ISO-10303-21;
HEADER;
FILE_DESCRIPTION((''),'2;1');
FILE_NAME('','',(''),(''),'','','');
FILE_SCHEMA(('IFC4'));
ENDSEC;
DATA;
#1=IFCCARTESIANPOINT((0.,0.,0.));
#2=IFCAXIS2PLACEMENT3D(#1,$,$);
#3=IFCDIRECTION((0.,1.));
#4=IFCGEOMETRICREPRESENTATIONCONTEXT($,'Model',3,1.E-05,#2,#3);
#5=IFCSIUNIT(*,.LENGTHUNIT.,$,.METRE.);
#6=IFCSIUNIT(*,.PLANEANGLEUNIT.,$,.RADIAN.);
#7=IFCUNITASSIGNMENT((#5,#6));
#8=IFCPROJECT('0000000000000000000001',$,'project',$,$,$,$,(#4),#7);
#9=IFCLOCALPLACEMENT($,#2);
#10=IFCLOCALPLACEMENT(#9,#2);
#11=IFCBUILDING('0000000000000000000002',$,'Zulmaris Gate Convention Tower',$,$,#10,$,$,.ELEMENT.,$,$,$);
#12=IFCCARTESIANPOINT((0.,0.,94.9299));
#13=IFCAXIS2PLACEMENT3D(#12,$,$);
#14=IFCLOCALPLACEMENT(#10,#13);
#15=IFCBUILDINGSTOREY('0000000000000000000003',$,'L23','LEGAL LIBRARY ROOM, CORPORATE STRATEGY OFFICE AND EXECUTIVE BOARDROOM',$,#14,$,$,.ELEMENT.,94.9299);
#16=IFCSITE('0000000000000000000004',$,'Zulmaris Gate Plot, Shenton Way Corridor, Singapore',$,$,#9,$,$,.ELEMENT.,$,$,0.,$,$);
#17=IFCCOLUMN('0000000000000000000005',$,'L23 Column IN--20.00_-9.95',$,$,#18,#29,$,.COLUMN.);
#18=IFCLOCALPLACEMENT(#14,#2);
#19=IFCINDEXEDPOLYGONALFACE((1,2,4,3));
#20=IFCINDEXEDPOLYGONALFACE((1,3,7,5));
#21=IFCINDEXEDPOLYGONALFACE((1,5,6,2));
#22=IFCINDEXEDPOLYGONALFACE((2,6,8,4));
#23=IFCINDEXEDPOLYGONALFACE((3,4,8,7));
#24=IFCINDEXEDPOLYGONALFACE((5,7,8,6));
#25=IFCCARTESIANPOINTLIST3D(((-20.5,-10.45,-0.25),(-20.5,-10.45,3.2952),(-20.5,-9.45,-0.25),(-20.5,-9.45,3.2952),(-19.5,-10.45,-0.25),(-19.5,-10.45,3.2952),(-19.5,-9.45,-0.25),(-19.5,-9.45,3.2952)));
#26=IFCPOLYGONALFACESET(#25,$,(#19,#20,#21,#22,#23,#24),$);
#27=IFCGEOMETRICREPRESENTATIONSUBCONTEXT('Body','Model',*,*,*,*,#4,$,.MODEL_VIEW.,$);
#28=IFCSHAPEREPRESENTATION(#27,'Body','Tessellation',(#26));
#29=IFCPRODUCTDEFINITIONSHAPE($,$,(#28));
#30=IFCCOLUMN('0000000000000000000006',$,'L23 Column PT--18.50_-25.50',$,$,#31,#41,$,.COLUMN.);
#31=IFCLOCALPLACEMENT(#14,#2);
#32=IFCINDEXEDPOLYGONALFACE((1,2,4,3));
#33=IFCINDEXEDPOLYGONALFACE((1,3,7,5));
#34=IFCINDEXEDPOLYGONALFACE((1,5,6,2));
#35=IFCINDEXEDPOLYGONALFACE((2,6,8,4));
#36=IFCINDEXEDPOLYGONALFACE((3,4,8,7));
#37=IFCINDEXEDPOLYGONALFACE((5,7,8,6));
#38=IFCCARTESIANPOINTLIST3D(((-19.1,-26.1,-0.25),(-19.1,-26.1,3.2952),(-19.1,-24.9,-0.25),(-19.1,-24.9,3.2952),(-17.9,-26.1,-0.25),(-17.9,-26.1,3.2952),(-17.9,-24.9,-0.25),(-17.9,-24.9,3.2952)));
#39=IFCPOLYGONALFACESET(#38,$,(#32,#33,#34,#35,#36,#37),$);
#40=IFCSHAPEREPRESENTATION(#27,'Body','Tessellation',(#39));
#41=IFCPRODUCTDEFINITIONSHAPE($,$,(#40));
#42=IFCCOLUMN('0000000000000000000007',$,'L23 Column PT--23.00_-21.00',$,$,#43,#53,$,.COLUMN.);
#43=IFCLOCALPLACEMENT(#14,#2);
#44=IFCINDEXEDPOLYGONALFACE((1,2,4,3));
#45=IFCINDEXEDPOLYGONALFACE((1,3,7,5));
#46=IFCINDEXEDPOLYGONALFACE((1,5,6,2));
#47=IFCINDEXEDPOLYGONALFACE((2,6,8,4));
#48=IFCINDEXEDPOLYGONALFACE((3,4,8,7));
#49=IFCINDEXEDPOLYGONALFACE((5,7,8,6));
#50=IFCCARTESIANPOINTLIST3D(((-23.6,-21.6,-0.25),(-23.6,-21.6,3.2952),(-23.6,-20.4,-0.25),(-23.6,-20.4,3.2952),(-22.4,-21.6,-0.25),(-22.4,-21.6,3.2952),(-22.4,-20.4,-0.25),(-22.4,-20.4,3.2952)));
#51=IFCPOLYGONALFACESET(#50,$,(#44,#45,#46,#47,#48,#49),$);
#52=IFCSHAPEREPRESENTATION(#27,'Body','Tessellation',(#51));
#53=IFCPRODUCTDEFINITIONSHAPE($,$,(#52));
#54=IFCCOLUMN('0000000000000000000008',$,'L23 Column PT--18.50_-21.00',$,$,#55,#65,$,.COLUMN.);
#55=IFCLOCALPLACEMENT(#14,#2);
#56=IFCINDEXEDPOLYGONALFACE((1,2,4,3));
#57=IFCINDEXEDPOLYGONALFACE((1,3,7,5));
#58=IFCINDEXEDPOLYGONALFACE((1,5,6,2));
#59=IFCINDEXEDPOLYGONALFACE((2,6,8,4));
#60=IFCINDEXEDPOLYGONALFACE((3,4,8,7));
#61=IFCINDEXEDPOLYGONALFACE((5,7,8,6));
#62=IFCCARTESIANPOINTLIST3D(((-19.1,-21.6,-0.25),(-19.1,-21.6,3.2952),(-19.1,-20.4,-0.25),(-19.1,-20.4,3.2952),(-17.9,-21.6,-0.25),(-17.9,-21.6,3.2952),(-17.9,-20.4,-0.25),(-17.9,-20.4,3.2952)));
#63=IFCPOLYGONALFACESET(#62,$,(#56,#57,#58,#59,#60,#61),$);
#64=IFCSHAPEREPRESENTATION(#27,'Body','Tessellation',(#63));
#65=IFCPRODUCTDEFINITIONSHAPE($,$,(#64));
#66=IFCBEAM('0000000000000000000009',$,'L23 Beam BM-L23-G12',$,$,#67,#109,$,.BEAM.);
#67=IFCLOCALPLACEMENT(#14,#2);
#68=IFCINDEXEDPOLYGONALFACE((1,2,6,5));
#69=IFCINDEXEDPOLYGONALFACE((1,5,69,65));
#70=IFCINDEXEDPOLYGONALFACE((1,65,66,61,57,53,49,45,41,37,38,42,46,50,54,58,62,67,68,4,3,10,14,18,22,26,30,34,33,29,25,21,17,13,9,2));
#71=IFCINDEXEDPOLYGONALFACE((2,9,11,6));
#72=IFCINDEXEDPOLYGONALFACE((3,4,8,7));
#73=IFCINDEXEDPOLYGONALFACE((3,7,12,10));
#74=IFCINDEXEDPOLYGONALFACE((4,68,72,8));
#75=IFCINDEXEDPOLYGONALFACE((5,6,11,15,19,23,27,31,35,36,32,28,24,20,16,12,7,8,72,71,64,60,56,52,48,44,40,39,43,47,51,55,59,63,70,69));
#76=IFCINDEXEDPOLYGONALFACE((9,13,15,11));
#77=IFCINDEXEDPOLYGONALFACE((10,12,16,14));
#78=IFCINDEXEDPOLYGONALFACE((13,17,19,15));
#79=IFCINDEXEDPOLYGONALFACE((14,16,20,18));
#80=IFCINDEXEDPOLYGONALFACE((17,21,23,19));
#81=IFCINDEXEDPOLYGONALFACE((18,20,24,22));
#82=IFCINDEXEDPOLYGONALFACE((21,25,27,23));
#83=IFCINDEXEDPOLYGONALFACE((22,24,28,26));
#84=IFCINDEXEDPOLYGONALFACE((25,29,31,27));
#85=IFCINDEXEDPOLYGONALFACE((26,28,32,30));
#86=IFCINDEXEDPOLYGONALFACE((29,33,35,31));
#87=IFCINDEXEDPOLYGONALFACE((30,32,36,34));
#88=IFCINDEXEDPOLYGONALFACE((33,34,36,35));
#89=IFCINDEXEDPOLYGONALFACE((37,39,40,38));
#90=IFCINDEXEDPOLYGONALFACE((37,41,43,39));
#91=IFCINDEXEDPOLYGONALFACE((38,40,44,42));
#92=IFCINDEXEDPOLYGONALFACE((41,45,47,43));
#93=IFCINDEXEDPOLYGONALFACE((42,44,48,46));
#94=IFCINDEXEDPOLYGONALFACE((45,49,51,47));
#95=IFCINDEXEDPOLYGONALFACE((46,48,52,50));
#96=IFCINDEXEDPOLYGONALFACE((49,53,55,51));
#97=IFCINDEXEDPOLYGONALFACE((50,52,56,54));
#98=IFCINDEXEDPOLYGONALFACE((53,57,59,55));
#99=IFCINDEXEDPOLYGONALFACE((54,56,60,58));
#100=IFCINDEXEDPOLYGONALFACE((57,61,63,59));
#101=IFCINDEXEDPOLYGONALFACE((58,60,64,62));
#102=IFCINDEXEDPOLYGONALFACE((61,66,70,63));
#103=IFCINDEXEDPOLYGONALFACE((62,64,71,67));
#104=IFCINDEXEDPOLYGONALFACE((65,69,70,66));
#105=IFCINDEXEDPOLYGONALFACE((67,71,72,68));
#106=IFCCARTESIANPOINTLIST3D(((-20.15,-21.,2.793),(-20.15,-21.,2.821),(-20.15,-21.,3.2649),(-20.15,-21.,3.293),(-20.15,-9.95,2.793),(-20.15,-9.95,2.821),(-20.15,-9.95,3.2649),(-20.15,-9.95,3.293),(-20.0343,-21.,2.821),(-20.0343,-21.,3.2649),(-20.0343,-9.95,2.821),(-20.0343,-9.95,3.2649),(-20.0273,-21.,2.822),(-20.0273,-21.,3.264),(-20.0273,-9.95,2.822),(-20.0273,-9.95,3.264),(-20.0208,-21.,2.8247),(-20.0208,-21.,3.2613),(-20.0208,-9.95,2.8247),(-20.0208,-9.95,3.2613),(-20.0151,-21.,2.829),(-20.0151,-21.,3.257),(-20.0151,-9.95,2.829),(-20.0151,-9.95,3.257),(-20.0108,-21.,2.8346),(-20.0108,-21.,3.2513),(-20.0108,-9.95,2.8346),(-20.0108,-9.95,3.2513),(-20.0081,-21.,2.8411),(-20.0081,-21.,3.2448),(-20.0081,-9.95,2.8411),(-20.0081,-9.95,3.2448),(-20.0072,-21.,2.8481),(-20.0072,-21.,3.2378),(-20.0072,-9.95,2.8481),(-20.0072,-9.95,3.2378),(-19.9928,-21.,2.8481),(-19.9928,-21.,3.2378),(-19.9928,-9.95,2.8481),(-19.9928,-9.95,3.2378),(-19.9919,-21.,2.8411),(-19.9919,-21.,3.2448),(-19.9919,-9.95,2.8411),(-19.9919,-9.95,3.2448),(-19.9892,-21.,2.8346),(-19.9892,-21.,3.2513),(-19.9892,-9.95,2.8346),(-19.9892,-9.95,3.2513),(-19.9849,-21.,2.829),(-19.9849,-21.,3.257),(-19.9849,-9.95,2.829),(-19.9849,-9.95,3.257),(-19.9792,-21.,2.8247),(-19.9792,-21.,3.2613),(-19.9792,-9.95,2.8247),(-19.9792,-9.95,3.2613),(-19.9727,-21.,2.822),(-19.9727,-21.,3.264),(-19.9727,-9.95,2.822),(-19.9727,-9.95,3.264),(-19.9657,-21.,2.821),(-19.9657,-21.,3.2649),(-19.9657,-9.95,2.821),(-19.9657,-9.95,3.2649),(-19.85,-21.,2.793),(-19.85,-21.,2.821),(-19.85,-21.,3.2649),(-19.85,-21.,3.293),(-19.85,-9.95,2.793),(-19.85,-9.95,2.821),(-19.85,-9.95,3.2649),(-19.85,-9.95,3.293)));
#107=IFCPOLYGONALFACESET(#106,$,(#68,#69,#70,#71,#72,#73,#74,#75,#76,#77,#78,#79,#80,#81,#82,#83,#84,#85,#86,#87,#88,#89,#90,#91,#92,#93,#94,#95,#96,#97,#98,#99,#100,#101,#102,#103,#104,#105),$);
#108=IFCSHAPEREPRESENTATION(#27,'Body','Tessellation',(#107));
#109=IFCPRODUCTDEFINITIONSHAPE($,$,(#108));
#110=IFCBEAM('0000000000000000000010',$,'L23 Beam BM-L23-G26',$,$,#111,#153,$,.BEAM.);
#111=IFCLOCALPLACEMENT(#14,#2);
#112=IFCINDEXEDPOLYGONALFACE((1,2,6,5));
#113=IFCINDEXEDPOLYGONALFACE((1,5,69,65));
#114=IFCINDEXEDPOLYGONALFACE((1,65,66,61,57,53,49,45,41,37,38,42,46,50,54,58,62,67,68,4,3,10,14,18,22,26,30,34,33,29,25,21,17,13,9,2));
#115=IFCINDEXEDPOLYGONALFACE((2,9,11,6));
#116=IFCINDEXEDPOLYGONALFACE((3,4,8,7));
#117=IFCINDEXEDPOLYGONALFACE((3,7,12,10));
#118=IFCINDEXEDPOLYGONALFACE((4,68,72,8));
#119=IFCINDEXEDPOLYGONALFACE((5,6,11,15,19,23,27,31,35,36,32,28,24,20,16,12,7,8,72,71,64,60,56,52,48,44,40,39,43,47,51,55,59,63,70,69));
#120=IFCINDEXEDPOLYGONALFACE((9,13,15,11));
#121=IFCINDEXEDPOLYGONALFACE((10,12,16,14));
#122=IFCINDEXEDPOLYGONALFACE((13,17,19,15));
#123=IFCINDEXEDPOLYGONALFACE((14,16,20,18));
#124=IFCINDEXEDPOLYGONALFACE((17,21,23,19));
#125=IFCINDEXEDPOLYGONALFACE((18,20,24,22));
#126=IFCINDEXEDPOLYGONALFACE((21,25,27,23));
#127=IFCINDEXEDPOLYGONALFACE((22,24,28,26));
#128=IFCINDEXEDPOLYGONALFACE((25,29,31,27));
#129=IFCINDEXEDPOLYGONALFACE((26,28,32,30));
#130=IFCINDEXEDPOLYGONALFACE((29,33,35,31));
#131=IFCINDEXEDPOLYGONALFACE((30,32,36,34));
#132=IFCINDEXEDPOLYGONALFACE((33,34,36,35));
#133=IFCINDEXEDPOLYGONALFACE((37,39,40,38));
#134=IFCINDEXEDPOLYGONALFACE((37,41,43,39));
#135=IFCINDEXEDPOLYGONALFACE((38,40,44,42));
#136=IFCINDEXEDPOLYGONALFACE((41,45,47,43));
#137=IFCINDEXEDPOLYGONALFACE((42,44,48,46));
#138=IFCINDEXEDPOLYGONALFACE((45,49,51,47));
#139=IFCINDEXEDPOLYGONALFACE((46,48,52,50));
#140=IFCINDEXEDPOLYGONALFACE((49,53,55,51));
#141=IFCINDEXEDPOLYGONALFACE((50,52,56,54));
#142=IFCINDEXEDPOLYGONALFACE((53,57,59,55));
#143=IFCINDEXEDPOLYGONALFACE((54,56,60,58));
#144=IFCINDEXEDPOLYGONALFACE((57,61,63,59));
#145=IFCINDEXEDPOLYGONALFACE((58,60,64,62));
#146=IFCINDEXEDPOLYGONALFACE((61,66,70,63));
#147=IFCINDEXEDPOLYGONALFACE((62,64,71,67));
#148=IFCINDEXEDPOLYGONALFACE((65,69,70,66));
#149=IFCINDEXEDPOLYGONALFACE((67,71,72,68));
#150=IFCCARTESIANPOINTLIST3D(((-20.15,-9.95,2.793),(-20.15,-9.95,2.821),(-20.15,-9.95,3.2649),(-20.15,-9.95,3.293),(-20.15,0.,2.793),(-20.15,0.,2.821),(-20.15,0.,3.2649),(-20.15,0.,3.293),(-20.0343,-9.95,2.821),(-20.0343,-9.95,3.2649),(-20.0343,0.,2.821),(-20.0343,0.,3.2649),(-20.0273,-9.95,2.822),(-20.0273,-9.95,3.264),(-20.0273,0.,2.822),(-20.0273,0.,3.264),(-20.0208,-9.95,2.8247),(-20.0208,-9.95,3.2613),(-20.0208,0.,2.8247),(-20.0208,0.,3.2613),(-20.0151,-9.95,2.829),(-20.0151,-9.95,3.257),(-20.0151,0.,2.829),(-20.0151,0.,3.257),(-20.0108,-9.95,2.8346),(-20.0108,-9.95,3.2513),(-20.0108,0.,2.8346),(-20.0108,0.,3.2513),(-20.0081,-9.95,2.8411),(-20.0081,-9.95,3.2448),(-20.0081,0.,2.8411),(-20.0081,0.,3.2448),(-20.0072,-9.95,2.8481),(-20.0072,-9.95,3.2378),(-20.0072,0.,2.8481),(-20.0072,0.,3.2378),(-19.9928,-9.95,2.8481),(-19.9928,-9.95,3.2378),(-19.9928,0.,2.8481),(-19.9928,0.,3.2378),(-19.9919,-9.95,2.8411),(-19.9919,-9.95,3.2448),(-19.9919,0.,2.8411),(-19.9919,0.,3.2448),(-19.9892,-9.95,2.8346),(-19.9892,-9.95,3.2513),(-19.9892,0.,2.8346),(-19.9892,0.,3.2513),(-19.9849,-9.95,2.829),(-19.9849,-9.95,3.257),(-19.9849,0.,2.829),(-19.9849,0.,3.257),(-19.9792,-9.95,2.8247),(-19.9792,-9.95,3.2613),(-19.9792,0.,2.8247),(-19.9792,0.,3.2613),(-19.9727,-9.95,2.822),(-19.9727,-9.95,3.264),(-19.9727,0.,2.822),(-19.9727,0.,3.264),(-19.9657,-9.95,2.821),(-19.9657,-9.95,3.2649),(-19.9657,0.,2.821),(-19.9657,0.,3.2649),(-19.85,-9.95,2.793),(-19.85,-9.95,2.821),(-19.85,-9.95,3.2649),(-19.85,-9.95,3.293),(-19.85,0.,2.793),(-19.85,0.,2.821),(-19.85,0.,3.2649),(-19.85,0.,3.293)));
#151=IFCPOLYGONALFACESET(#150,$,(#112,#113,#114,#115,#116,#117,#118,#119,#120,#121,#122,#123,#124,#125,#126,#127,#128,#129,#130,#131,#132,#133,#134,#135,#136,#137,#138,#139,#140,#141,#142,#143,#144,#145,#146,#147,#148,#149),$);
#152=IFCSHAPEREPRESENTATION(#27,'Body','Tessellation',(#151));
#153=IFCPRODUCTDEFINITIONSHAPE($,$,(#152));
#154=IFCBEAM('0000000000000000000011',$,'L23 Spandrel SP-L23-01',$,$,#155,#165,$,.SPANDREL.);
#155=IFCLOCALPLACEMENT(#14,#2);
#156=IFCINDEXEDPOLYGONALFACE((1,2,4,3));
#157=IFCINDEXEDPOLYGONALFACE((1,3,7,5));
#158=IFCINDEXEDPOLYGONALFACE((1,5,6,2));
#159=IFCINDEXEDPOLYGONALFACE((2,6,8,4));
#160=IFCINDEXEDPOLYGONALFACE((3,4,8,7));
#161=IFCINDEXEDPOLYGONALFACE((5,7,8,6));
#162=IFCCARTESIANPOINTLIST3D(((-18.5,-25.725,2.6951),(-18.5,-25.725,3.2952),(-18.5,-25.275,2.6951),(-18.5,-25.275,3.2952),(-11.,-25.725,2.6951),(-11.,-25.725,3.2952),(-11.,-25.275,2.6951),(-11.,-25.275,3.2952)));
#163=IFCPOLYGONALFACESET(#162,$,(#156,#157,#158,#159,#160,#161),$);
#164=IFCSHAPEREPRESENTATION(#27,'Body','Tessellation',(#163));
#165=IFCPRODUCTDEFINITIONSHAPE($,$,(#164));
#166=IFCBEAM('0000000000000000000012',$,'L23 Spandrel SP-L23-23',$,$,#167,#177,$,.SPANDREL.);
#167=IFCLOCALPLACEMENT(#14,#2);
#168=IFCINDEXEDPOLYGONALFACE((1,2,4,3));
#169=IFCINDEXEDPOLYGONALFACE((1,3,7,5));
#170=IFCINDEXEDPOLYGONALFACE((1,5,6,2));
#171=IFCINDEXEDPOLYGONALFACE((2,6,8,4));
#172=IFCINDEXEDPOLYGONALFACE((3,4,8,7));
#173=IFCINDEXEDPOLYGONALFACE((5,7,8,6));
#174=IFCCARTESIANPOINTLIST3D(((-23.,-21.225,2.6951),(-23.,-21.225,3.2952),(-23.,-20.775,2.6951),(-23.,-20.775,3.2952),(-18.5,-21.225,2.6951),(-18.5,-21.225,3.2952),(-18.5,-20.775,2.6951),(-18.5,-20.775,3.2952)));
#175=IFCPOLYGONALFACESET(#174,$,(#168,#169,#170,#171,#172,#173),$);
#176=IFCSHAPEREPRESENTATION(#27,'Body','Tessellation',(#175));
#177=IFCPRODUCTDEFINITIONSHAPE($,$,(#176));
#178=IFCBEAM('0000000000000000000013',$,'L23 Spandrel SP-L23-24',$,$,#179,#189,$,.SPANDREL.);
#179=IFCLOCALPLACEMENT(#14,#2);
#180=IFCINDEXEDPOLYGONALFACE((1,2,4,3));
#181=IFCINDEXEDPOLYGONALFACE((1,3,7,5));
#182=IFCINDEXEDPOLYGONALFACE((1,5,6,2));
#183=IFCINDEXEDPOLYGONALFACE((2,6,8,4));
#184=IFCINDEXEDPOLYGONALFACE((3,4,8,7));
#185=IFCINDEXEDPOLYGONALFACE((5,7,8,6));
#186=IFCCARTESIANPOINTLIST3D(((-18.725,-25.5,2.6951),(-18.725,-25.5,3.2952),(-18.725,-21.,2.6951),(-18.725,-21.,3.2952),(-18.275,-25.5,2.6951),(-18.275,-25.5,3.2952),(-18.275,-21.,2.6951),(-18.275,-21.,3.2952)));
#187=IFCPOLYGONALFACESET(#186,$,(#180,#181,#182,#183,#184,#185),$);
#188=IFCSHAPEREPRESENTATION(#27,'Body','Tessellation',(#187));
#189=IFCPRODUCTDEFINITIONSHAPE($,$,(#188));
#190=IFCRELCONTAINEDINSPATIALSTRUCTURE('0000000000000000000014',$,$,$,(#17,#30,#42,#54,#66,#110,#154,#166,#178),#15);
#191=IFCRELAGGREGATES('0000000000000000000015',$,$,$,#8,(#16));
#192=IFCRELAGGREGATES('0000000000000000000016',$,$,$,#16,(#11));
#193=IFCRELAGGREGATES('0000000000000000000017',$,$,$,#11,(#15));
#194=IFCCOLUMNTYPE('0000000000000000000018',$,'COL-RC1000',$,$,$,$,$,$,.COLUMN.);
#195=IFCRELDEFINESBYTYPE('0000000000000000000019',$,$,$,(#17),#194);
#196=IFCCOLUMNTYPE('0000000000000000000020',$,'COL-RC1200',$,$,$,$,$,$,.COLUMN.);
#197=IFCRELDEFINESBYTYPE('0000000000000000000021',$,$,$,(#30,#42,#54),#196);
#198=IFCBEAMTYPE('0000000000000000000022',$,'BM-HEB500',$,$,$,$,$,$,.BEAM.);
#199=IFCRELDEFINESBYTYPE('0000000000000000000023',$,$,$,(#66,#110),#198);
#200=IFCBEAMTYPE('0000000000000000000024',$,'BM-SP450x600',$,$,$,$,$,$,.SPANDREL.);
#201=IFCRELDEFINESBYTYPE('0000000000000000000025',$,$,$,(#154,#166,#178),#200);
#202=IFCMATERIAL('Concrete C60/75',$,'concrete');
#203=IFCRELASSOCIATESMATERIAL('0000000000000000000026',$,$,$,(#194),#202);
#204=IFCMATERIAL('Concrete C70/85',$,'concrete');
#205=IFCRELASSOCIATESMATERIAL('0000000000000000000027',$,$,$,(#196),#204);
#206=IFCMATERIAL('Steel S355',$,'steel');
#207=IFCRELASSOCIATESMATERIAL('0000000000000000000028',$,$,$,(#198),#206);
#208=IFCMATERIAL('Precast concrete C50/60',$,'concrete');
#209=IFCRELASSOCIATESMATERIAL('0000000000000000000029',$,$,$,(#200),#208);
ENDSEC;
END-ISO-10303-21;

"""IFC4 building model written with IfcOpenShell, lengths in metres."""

from ifc_helpers import new_model, si_unit, direction, frame, origin, origin_2d, place, context, subcontext, project, spatial, rectangle, i_section, extrude, material, material_profile, profile_set, type_object, element, save


model = new_model("IFC4")

# Units and contexts
model_context = context("Model", 3, precision=1e-05, world=origin(), true_north=direction((0.0, 1.0)))
body_context = subcontext(model_context, "Body", "Model", "MODEL_VIEW")
ifc_project = project(units=[si_unit("LENGTHUNIT", "METRE"), si_unit("PLANEANGLEUNIT", "RADIAN")], contexts=[model_context])

# Site, building, storey
site_placement = place(None, origin())
site = spatial("IfcSite", under=ifc_project, at=site_placement, Name="Zulmaris Gate Plot, Shenton Way Corridor, Singapore", CompositionType="ELEMENT", RefElevation=0.0)
building_placement = place(site_placement, origin())
building = spatial("IfcBuilding", under=site, at=building_placement, Name="Zulmaris Gate Convention Tower", CompositionType="ELEMENT")
storey_placement = place(building_placement, frame((0.0, 0.0, 94.9299)))
storey = spatial("IfcBuildingStorey", under=building, at=storey_placement, Name="L23", Description="LEGAL LIBRARY ROOM, CORPORATE STRATEGY OFFICE AND EXECUTIVE BOARDROOM", CompositionType="ELEMENT", Elevation=94.9299)

# Columns
ifc_material_1 = material(Name="Concrete C60/75", Category="concrete")
ifc_material_profile_1 = material_profile(ifc_material_1, rectangle(XDim=1.0, YDim=1.0, at=origin_2d()), Name="RC COL 1000x1000")
ifc_profile_set_1 = profile_set([ifc_material_profile_1], Name="Concrete C60/75")
column_type_1 = type_object("IfcColumnType", Name="COL-RC1000", PredefinedType="COLUMN", material=ifc_profile_set_1)
column_placement = place(storey_placement, frame((-20.0, -9.95, -0.25), z_axis=(0.0, 0.0, 1.0), x_axis=(1.0, 0.0, 0.0)))
element("IfcColumn", 1, at=column_placement, inside=storey, type_object=column_type_1, Name="L23 Column IN--20.00_-9.95", PredefinedType="COLUMN", context=body_context, shape_type="SweptSolid", body=[
    extrude(rectangle(XDim=1.0, YDim=1.0, at=origin_2d()), origin(), (0.0, 0.0, 1.0), 3.5452),
])
ifc_material_2 = material(Name="Concrete C70/85", Category="concrete")
ifc_material_profile_2 = material_profile(ifc_material_2, rectangle(XDim=1.2, YDim=1.2, at=origin_2d()), Name="RC COL 1200x1200")
ifc_profile_set_2 = profile_set([ifc_material_profile_2], Name="Concrete C70/85")
column_type_2 = type_object("IfcColumnType", Name="COL-RC1200", PredefinedType="COLUMN", material=ifc_profile_set_2)
for number, where, z_axis, x_axis, name in (
    (2, (-18.5, -25.5, -0.25), (0.0, 0.0, 1.0), (1.0, 0.0, 0.0), "L23 Column PT--18.50_-25.50"),
    (3, (-23.0, -21.0, -0.25), (0.0, 0.0, 1.0), (1.0, 0.0, 0.0), "L23 Column PT--23.00_-21.00"),
    (4, (-18.5, -21.0, -0.25), (0.0, 0.0, 1.0), (1.0, 0.0, 0.0), "L23 Column PT--18.50_-21.00"),
):
    element("IfcColumn", number, at=place(storey_placement, frame(where, z_axis=z_axis, x_axis=x_axis)), inside=storey, type_object=column_type_2, Name=name, PredefinedType="COLUMN", context=body_context, shape_type="SweptSolid", body=[
        extrude(rectangle(XDim=1.2, YDim=1.2, at=origin_2d()), origin(), (0.0, 0.0, 1.0), 3.5452),
    ])

# Beams
ifc_material_3 = material(Name="Steel S355", Category="steel")
ifc_material_profile_3 = material_profile(ifc_material_3, i_section(OverallWidth=0.3, OverallDepth=0.5, WebThickness=0.0144, FlangeThickness=0.0281, FilletRadius=0.0271, at=origin_2d()), Name="HEB 500")
ifc_profile_set_3 = profile_set([ifc_material_profile_3], Name="Steel S355")
beam_type_1 = type_object("IfcBeamType", Name="BM-HEB500", PredefinedType="BEAM", material=ifc_profile_set_3)
beam_1_placement = place(storey_placement, frame((-20.0, -21.0, 3.043), z_axis=(0.0, 1.0, 0.0), x_axis=(-1.0, 0.0, 0.0)))
element("IfcBeam", 5, at=beam_1_placement, inside=storey, type_object=beam_type_1, Name="L23 Beam BM-L23-G12", PredefinedType="BEAM", context=body_context, shape_type="SweptSolid", body=[
    extrude(i_section(OverallWidth=0.3, OverallDepth=0.5, WebThickness=0.0144, FlangeThickness=0.0281, FilletRadius=0.0271, at=origin_2d()), origin(), (0.0, 0.0, 1.0), 11.05),
])
beam_2_placement = place(storey_placement, frame((-20.0, -9.95, 3.043), z_axis=(0.0, 1.0, 0.0), x_axis=(-1.0, 0.0, 0.0)))
element("IfcBeam", 6, at=beam_2_placement, inside=storey, type_object=beam_type_1, Name="L23 Beam BM-L23-G26", PredefinedType="BEAM", context=body_context, shape_type="SweptSolid", body=[
    extrude(i_section(OverallWidth=0.3, OverallDepth=0.5, WebThickness=0.0144, FlangeThickness=0.0281, FilletRadius=0.0271, at=origin_2d()), origin(), (0.0, 0.0, 1.0), 9.95),
])
ifc_material_4 = material(Name="Precast concrete C50/60", Category="concrete")
ifc_material_profile_4 = material_profile(ifc_material_4, rectangle(XDim=0.45, YDim=0.6001, at=origin_2d()), Name="RC SPANDREL 450x600")
ifc_profile_set_4 = profile_set([ifc_material_profile_4], Name="Precast concrete C50/60")
beam_type_2 = type_object("IfcBeamType", Name="BM-SP450x600", PredefinedType="SPANDREL", material=ifc_profile_set_4)
beam_3_placement = place(storey_placement, frame((-18.5, -25.5, 2.9951), z_axis=(1.0, 0.0, 0.0), x_axis=(0.0, 1.0, 0.0)))
element("IfcBeam", 7, at=beam_3_placement, inside=storey, type_object=beam_type_2, Name="L23 Spandrel SP-L23-01", PredefinedType="SPANDREL", context=body_context, shape_type="SweptSolid", body=[
    extrude(rectangle(XDim=0.45, YDim=0.6001, at=origin_2d()), origin(), (0.0, 0.0, 1.0), 7.5),
])
for number, where, z_axis, x_axis, name in (
    (8, (-23.0, -21.0, 2.9951), (1.0, 0.0, 0.0), (0.0, 1.0, 0.0), "L23 Spandrel SP-L23-23"),
    (9, (-18.5, -21.0, 2.9951), (0.0, -1.0, 0.0), (1.0, 0.0, 0.0), "L23 Spandrel SP-L23-24"),
):
    element("IfcBeam", number, at=place(storey_placement, frame(where, z_axis=z_axis, x_axis=x_axis)), inside=storey, type_object=beam_type_2, Name=name, PredefinedType="SPANDREL", context=body_context, shape_type="SweptSolid", body=[
        extrude(rectangle(XDim=0.45, YDim=0.6001, at=origin_2d()), origin(), (0.0, 0.0, 1.0), 4.5),
    ])

save(model, "model.ifc")
